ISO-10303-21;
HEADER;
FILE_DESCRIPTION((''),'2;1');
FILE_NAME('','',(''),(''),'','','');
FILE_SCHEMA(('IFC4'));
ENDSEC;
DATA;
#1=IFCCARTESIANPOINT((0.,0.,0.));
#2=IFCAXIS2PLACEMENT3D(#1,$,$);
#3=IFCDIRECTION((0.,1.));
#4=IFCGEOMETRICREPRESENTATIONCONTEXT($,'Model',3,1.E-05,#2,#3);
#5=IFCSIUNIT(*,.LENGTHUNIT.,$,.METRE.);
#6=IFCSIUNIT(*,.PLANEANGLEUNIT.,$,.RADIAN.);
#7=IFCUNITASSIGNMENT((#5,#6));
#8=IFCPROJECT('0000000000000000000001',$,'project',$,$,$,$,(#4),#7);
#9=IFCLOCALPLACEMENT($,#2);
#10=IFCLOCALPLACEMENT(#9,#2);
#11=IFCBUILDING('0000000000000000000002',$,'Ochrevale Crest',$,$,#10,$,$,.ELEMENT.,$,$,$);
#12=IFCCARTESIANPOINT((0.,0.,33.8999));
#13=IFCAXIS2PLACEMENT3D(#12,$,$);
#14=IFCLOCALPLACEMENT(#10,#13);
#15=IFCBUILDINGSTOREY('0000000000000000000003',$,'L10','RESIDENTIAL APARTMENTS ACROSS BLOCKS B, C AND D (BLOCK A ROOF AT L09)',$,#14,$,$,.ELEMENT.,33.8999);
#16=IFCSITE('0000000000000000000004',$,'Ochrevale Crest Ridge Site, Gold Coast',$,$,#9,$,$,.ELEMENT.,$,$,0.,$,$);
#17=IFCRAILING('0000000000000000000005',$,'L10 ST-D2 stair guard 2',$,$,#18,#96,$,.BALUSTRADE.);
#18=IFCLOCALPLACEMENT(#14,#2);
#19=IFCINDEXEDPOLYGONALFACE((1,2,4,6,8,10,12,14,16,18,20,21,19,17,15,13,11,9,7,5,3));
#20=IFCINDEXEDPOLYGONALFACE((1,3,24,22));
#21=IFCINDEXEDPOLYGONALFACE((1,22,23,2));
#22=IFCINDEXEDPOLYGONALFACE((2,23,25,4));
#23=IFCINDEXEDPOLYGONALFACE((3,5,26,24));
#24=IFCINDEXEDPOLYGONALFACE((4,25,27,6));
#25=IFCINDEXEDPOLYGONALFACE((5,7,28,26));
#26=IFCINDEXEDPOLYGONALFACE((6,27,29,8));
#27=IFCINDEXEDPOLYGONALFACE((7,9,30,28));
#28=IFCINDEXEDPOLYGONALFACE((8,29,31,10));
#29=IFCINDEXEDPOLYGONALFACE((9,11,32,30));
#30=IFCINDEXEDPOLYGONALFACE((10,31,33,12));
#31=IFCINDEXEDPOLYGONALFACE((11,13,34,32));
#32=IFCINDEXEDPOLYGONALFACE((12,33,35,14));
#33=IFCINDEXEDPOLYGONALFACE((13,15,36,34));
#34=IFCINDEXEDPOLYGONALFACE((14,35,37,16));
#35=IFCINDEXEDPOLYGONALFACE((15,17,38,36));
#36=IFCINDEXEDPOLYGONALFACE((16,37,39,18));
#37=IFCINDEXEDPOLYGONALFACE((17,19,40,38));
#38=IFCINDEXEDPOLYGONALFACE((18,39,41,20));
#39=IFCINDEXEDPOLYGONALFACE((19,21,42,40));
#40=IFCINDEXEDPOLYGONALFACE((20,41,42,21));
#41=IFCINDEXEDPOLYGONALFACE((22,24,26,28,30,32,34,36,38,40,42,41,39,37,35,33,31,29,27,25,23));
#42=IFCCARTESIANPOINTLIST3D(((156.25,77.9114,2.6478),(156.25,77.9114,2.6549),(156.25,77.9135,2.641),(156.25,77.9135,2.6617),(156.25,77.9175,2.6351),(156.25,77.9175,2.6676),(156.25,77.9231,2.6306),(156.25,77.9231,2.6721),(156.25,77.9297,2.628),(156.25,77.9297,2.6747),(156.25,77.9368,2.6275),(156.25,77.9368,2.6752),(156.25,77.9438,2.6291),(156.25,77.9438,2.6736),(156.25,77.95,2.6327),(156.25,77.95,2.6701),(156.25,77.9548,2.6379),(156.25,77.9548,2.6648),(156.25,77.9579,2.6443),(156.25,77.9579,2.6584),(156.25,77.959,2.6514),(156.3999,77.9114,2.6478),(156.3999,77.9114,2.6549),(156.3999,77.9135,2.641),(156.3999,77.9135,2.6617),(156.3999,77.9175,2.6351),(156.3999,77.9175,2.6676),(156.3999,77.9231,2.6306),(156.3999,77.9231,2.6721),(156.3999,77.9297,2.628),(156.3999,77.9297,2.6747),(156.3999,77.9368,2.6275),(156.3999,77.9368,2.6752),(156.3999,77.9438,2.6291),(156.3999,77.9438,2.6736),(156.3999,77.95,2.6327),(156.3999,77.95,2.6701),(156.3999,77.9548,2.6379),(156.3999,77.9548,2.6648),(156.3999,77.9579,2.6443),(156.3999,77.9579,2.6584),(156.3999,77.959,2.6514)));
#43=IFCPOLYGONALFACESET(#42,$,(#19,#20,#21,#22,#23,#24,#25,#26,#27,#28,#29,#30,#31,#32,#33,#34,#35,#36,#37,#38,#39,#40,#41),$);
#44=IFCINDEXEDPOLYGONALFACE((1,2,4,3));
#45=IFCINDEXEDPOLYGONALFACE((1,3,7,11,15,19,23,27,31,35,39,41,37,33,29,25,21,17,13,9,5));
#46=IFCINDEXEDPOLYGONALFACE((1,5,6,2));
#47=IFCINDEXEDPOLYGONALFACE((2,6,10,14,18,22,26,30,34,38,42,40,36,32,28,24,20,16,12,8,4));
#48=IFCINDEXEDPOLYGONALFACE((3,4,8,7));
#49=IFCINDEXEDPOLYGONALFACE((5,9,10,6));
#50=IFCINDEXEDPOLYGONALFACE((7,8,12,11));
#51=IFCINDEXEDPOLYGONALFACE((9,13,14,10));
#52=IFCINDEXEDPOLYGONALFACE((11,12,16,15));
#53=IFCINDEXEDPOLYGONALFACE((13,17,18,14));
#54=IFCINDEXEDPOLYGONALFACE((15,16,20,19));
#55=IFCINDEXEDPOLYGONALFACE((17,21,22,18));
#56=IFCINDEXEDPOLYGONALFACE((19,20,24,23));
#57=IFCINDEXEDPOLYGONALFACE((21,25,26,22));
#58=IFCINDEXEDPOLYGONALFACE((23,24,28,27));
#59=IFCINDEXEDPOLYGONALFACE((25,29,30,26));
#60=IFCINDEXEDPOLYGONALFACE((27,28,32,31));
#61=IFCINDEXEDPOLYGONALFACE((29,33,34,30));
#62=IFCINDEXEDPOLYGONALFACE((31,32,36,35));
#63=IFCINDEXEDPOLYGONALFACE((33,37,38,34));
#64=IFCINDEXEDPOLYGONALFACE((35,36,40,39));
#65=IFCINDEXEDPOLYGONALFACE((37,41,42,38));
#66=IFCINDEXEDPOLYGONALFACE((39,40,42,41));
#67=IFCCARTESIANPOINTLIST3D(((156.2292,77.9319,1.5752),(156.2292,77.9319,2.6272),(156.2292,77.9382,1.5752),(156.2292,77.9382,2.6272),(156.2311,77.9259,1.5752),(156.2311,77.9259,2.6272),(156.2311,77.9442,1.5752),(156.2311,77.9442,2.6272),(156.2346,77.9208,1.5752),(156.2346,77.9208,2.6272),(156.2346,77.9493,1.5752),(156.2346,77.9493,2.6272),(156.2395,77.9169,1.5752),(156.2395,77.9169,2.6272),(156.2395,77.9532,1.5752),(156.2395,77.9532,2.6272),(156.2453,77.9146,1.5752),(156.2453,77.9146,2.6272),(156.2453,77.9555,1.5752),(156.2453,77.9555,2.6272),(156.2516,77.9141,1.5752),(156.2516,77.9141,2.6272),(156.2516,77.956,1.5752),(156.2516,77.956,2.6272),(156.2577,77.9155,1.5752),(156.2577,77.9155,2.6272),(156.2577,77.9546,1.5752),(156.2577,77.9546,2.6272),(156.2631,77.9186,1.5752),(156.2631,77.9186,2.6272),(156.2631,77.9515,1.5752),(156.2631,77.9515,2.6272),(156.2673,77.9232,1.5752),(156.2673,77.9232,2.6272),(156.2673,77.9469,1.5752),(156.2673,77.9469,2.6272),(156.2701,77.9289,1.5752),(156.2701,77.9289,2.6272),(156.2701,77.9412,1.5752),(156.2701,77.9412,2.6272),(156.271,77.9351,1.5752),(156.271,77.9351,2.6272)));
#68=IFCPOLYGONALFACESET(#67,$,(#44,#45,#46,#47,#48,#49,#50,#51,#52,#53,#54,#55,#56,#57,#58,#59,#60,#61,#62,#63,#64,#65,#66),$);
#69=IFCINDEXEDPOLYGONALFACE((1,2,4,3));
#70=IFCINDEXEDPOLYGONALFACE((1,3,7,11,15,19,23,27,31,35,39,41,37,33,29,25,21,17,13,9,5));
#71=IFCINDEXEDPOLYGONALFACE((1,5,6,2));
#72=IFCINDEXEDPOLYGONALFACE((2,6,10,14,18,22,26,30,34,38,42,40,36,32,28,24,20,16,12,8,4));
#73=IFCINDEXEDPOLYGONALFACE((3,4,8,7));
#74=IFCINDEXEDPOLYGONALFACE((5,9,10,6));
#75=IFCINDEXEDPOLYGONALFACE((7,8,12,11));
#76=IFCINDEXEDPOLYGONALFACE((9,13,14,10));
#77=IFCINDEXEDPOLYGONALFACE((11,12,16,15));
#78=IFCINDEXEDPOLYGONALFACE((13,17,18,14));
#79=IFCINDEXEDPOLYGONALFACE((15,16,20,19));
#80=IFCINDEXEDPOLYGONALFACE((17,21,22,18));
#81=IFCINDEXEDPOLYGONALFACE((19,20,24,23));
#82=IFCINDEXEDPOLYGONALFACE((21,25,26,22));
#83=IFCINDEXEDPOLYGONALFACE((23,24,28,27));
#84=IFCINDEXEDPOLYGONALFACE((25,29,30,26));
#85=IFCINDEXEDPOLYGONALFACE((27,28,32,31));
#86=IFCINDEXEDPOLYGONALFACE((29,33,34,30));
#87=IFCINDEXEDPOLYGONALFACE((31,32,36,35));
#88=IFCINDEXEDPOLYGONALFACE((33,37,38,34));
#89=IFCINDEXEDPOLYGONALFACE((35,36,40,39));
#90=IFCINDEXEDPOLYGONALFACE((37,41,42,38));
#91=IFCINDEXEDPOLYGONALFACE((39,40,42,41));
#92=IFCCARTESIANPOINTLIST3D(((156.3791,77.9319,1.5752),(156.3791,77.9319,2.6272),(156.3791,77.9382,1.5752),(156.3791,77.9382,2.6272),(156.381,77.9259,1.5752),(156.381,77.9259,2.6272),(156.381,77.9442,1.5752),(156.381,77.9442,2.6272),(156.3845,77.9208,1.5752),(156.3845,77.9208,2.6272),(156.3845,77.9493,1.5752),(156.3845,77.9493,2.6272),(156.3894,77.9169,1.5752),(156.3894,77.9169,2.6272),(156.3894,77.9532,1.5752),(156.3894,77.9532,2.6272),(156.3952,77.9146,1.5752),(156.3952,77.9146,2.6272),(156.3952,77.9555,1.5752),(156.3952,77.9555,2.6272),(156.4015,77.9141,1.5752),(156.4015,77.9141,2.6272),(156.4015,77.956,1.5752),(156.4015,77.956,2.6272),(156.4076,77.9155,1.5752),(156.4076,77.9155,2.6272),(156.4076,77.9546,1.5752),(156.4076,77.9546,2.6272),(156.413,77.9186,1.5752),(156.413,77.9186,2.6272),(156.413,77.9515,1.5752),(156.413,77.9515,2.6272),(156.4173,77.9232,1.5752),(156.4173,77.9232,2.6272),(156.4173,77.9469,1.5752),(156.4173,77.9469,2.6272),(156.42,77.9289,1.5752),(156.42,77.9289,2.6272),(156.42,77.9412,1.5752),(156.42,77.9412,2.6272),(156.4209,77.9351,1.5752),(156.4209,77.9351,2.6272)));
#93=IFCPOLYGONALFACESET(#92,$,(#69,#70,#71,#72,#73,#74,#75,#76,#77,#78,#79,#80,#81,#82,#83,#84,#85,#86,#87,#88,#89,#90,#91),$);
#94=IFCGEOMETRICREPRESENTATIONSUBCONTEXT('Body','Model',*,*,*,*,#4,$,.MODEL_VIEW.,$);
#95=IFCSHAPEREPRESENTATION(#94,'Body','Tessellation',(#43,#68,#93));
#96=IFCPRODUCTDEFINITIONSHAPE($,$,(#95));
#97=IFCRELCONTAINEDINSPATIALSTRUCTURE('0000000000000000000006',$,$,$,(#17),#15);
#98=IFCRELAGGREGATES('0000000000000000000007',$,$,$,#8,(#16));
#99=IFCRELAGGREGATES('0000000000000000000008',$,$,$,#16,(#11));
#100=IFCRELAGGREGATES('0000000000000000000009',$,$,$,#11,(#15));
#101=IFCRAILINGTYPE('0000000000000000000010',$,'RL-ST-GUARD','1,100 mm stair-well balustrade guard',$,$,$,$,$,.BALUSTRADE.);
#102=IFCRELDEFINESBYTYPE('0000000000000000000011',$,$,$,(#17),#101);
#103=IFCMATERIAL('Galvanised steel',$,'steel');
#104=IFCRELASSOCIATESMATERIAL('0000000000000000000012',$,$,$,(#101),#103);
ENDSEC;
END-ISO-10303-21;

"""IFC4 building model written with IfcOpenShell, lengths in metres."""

from ifc_helpers import new_model, si_unit, direction, frame, origin, origin_2d, place, context, subcontext, project, spatial, circle, extrude, material, type_object, element, save


model = new_model("IFC4")

# Units and contexts
model_context = context("Model", 3, precision=1e-05, world=origin(), true_north=direction((0.0, 1.0)))
body_context = subcontext(model_context, "Body", "Model", "MODEL_VIEW")
ifc_project = project(units=[si_unit("LENGTHUNIT", "METRE"), si_unit("PLANEANGLEUNIT", "RADIAN")], contexts=[model_context])

# Site, building, storey
site_placement = place(None, origin())
site = spatial("IfcSite", under=ifc_project, at=site_placement, Name="Ochrevale Crest Ridge Site, Gold Coast", CompositionType="ELEMENT", RefElevation=0.0)
building_placement = place(site_placement, origin())
building = spatial("IfcBuilding", under=site, at=building_placement, Name="Ochrevale Crest", CompositionType="ELEMENT")
storey_placement = place(building_placement, frame((0.0, 0.0, 33.8999)))
storey = spatial("IfcBuildingStorey", under=building, at=storey_placement, Name="L10", Description="RESIDENTIAL APARTMENTS ACROSS BLOCKS B, C AND D (BLOCK A ROOF AT L09)", CompositionType="ELEMENT", Elevation=33.8999)

# Railing
ifc_material_1 = material(Name="Galvanised steel", Category="steel")
railing_type_1 = type_object("IfcRailingType", Name="RL-ST-GUARD", Description="1,100 mm stair-well balustrade guard", PredefinedType="BALUSTRADE", material=ifc_material_1)
railing_1_placement = place(storey_placement, frame((156.25, 77.9351, 1.5752)))
element("IfcRailing", 1, at=railing_1_placement, inside=storey, type_object=railing_type_1, Name="L10 ST-D2 stair guard 2", PredefinedType="BALUSTRADE", context=body_context, shape_type="SweptSolid", body=[
    extrude(circle(Radius=0.0239, at=origin_2d()), frame((0.0, 0.0, 1.0762), z_axis=(1.0, 0.0, 0.0), x_axis=(0.0, 1.0, 0.0)), (0.0, 0.0, 1.0), 0.1499),
    extrude(circle(Radius=0.021, at=origin_2d()), origin(), (0.0, 0.0, 1.0), 1.052),
    extrude(circle(Radius=0.021, at=origin_2d()), frame((0.1499, 0.0, 0.0)), (0.0, 0.0, 1.0), 1.052),
])

save(model, "model.ifc")
